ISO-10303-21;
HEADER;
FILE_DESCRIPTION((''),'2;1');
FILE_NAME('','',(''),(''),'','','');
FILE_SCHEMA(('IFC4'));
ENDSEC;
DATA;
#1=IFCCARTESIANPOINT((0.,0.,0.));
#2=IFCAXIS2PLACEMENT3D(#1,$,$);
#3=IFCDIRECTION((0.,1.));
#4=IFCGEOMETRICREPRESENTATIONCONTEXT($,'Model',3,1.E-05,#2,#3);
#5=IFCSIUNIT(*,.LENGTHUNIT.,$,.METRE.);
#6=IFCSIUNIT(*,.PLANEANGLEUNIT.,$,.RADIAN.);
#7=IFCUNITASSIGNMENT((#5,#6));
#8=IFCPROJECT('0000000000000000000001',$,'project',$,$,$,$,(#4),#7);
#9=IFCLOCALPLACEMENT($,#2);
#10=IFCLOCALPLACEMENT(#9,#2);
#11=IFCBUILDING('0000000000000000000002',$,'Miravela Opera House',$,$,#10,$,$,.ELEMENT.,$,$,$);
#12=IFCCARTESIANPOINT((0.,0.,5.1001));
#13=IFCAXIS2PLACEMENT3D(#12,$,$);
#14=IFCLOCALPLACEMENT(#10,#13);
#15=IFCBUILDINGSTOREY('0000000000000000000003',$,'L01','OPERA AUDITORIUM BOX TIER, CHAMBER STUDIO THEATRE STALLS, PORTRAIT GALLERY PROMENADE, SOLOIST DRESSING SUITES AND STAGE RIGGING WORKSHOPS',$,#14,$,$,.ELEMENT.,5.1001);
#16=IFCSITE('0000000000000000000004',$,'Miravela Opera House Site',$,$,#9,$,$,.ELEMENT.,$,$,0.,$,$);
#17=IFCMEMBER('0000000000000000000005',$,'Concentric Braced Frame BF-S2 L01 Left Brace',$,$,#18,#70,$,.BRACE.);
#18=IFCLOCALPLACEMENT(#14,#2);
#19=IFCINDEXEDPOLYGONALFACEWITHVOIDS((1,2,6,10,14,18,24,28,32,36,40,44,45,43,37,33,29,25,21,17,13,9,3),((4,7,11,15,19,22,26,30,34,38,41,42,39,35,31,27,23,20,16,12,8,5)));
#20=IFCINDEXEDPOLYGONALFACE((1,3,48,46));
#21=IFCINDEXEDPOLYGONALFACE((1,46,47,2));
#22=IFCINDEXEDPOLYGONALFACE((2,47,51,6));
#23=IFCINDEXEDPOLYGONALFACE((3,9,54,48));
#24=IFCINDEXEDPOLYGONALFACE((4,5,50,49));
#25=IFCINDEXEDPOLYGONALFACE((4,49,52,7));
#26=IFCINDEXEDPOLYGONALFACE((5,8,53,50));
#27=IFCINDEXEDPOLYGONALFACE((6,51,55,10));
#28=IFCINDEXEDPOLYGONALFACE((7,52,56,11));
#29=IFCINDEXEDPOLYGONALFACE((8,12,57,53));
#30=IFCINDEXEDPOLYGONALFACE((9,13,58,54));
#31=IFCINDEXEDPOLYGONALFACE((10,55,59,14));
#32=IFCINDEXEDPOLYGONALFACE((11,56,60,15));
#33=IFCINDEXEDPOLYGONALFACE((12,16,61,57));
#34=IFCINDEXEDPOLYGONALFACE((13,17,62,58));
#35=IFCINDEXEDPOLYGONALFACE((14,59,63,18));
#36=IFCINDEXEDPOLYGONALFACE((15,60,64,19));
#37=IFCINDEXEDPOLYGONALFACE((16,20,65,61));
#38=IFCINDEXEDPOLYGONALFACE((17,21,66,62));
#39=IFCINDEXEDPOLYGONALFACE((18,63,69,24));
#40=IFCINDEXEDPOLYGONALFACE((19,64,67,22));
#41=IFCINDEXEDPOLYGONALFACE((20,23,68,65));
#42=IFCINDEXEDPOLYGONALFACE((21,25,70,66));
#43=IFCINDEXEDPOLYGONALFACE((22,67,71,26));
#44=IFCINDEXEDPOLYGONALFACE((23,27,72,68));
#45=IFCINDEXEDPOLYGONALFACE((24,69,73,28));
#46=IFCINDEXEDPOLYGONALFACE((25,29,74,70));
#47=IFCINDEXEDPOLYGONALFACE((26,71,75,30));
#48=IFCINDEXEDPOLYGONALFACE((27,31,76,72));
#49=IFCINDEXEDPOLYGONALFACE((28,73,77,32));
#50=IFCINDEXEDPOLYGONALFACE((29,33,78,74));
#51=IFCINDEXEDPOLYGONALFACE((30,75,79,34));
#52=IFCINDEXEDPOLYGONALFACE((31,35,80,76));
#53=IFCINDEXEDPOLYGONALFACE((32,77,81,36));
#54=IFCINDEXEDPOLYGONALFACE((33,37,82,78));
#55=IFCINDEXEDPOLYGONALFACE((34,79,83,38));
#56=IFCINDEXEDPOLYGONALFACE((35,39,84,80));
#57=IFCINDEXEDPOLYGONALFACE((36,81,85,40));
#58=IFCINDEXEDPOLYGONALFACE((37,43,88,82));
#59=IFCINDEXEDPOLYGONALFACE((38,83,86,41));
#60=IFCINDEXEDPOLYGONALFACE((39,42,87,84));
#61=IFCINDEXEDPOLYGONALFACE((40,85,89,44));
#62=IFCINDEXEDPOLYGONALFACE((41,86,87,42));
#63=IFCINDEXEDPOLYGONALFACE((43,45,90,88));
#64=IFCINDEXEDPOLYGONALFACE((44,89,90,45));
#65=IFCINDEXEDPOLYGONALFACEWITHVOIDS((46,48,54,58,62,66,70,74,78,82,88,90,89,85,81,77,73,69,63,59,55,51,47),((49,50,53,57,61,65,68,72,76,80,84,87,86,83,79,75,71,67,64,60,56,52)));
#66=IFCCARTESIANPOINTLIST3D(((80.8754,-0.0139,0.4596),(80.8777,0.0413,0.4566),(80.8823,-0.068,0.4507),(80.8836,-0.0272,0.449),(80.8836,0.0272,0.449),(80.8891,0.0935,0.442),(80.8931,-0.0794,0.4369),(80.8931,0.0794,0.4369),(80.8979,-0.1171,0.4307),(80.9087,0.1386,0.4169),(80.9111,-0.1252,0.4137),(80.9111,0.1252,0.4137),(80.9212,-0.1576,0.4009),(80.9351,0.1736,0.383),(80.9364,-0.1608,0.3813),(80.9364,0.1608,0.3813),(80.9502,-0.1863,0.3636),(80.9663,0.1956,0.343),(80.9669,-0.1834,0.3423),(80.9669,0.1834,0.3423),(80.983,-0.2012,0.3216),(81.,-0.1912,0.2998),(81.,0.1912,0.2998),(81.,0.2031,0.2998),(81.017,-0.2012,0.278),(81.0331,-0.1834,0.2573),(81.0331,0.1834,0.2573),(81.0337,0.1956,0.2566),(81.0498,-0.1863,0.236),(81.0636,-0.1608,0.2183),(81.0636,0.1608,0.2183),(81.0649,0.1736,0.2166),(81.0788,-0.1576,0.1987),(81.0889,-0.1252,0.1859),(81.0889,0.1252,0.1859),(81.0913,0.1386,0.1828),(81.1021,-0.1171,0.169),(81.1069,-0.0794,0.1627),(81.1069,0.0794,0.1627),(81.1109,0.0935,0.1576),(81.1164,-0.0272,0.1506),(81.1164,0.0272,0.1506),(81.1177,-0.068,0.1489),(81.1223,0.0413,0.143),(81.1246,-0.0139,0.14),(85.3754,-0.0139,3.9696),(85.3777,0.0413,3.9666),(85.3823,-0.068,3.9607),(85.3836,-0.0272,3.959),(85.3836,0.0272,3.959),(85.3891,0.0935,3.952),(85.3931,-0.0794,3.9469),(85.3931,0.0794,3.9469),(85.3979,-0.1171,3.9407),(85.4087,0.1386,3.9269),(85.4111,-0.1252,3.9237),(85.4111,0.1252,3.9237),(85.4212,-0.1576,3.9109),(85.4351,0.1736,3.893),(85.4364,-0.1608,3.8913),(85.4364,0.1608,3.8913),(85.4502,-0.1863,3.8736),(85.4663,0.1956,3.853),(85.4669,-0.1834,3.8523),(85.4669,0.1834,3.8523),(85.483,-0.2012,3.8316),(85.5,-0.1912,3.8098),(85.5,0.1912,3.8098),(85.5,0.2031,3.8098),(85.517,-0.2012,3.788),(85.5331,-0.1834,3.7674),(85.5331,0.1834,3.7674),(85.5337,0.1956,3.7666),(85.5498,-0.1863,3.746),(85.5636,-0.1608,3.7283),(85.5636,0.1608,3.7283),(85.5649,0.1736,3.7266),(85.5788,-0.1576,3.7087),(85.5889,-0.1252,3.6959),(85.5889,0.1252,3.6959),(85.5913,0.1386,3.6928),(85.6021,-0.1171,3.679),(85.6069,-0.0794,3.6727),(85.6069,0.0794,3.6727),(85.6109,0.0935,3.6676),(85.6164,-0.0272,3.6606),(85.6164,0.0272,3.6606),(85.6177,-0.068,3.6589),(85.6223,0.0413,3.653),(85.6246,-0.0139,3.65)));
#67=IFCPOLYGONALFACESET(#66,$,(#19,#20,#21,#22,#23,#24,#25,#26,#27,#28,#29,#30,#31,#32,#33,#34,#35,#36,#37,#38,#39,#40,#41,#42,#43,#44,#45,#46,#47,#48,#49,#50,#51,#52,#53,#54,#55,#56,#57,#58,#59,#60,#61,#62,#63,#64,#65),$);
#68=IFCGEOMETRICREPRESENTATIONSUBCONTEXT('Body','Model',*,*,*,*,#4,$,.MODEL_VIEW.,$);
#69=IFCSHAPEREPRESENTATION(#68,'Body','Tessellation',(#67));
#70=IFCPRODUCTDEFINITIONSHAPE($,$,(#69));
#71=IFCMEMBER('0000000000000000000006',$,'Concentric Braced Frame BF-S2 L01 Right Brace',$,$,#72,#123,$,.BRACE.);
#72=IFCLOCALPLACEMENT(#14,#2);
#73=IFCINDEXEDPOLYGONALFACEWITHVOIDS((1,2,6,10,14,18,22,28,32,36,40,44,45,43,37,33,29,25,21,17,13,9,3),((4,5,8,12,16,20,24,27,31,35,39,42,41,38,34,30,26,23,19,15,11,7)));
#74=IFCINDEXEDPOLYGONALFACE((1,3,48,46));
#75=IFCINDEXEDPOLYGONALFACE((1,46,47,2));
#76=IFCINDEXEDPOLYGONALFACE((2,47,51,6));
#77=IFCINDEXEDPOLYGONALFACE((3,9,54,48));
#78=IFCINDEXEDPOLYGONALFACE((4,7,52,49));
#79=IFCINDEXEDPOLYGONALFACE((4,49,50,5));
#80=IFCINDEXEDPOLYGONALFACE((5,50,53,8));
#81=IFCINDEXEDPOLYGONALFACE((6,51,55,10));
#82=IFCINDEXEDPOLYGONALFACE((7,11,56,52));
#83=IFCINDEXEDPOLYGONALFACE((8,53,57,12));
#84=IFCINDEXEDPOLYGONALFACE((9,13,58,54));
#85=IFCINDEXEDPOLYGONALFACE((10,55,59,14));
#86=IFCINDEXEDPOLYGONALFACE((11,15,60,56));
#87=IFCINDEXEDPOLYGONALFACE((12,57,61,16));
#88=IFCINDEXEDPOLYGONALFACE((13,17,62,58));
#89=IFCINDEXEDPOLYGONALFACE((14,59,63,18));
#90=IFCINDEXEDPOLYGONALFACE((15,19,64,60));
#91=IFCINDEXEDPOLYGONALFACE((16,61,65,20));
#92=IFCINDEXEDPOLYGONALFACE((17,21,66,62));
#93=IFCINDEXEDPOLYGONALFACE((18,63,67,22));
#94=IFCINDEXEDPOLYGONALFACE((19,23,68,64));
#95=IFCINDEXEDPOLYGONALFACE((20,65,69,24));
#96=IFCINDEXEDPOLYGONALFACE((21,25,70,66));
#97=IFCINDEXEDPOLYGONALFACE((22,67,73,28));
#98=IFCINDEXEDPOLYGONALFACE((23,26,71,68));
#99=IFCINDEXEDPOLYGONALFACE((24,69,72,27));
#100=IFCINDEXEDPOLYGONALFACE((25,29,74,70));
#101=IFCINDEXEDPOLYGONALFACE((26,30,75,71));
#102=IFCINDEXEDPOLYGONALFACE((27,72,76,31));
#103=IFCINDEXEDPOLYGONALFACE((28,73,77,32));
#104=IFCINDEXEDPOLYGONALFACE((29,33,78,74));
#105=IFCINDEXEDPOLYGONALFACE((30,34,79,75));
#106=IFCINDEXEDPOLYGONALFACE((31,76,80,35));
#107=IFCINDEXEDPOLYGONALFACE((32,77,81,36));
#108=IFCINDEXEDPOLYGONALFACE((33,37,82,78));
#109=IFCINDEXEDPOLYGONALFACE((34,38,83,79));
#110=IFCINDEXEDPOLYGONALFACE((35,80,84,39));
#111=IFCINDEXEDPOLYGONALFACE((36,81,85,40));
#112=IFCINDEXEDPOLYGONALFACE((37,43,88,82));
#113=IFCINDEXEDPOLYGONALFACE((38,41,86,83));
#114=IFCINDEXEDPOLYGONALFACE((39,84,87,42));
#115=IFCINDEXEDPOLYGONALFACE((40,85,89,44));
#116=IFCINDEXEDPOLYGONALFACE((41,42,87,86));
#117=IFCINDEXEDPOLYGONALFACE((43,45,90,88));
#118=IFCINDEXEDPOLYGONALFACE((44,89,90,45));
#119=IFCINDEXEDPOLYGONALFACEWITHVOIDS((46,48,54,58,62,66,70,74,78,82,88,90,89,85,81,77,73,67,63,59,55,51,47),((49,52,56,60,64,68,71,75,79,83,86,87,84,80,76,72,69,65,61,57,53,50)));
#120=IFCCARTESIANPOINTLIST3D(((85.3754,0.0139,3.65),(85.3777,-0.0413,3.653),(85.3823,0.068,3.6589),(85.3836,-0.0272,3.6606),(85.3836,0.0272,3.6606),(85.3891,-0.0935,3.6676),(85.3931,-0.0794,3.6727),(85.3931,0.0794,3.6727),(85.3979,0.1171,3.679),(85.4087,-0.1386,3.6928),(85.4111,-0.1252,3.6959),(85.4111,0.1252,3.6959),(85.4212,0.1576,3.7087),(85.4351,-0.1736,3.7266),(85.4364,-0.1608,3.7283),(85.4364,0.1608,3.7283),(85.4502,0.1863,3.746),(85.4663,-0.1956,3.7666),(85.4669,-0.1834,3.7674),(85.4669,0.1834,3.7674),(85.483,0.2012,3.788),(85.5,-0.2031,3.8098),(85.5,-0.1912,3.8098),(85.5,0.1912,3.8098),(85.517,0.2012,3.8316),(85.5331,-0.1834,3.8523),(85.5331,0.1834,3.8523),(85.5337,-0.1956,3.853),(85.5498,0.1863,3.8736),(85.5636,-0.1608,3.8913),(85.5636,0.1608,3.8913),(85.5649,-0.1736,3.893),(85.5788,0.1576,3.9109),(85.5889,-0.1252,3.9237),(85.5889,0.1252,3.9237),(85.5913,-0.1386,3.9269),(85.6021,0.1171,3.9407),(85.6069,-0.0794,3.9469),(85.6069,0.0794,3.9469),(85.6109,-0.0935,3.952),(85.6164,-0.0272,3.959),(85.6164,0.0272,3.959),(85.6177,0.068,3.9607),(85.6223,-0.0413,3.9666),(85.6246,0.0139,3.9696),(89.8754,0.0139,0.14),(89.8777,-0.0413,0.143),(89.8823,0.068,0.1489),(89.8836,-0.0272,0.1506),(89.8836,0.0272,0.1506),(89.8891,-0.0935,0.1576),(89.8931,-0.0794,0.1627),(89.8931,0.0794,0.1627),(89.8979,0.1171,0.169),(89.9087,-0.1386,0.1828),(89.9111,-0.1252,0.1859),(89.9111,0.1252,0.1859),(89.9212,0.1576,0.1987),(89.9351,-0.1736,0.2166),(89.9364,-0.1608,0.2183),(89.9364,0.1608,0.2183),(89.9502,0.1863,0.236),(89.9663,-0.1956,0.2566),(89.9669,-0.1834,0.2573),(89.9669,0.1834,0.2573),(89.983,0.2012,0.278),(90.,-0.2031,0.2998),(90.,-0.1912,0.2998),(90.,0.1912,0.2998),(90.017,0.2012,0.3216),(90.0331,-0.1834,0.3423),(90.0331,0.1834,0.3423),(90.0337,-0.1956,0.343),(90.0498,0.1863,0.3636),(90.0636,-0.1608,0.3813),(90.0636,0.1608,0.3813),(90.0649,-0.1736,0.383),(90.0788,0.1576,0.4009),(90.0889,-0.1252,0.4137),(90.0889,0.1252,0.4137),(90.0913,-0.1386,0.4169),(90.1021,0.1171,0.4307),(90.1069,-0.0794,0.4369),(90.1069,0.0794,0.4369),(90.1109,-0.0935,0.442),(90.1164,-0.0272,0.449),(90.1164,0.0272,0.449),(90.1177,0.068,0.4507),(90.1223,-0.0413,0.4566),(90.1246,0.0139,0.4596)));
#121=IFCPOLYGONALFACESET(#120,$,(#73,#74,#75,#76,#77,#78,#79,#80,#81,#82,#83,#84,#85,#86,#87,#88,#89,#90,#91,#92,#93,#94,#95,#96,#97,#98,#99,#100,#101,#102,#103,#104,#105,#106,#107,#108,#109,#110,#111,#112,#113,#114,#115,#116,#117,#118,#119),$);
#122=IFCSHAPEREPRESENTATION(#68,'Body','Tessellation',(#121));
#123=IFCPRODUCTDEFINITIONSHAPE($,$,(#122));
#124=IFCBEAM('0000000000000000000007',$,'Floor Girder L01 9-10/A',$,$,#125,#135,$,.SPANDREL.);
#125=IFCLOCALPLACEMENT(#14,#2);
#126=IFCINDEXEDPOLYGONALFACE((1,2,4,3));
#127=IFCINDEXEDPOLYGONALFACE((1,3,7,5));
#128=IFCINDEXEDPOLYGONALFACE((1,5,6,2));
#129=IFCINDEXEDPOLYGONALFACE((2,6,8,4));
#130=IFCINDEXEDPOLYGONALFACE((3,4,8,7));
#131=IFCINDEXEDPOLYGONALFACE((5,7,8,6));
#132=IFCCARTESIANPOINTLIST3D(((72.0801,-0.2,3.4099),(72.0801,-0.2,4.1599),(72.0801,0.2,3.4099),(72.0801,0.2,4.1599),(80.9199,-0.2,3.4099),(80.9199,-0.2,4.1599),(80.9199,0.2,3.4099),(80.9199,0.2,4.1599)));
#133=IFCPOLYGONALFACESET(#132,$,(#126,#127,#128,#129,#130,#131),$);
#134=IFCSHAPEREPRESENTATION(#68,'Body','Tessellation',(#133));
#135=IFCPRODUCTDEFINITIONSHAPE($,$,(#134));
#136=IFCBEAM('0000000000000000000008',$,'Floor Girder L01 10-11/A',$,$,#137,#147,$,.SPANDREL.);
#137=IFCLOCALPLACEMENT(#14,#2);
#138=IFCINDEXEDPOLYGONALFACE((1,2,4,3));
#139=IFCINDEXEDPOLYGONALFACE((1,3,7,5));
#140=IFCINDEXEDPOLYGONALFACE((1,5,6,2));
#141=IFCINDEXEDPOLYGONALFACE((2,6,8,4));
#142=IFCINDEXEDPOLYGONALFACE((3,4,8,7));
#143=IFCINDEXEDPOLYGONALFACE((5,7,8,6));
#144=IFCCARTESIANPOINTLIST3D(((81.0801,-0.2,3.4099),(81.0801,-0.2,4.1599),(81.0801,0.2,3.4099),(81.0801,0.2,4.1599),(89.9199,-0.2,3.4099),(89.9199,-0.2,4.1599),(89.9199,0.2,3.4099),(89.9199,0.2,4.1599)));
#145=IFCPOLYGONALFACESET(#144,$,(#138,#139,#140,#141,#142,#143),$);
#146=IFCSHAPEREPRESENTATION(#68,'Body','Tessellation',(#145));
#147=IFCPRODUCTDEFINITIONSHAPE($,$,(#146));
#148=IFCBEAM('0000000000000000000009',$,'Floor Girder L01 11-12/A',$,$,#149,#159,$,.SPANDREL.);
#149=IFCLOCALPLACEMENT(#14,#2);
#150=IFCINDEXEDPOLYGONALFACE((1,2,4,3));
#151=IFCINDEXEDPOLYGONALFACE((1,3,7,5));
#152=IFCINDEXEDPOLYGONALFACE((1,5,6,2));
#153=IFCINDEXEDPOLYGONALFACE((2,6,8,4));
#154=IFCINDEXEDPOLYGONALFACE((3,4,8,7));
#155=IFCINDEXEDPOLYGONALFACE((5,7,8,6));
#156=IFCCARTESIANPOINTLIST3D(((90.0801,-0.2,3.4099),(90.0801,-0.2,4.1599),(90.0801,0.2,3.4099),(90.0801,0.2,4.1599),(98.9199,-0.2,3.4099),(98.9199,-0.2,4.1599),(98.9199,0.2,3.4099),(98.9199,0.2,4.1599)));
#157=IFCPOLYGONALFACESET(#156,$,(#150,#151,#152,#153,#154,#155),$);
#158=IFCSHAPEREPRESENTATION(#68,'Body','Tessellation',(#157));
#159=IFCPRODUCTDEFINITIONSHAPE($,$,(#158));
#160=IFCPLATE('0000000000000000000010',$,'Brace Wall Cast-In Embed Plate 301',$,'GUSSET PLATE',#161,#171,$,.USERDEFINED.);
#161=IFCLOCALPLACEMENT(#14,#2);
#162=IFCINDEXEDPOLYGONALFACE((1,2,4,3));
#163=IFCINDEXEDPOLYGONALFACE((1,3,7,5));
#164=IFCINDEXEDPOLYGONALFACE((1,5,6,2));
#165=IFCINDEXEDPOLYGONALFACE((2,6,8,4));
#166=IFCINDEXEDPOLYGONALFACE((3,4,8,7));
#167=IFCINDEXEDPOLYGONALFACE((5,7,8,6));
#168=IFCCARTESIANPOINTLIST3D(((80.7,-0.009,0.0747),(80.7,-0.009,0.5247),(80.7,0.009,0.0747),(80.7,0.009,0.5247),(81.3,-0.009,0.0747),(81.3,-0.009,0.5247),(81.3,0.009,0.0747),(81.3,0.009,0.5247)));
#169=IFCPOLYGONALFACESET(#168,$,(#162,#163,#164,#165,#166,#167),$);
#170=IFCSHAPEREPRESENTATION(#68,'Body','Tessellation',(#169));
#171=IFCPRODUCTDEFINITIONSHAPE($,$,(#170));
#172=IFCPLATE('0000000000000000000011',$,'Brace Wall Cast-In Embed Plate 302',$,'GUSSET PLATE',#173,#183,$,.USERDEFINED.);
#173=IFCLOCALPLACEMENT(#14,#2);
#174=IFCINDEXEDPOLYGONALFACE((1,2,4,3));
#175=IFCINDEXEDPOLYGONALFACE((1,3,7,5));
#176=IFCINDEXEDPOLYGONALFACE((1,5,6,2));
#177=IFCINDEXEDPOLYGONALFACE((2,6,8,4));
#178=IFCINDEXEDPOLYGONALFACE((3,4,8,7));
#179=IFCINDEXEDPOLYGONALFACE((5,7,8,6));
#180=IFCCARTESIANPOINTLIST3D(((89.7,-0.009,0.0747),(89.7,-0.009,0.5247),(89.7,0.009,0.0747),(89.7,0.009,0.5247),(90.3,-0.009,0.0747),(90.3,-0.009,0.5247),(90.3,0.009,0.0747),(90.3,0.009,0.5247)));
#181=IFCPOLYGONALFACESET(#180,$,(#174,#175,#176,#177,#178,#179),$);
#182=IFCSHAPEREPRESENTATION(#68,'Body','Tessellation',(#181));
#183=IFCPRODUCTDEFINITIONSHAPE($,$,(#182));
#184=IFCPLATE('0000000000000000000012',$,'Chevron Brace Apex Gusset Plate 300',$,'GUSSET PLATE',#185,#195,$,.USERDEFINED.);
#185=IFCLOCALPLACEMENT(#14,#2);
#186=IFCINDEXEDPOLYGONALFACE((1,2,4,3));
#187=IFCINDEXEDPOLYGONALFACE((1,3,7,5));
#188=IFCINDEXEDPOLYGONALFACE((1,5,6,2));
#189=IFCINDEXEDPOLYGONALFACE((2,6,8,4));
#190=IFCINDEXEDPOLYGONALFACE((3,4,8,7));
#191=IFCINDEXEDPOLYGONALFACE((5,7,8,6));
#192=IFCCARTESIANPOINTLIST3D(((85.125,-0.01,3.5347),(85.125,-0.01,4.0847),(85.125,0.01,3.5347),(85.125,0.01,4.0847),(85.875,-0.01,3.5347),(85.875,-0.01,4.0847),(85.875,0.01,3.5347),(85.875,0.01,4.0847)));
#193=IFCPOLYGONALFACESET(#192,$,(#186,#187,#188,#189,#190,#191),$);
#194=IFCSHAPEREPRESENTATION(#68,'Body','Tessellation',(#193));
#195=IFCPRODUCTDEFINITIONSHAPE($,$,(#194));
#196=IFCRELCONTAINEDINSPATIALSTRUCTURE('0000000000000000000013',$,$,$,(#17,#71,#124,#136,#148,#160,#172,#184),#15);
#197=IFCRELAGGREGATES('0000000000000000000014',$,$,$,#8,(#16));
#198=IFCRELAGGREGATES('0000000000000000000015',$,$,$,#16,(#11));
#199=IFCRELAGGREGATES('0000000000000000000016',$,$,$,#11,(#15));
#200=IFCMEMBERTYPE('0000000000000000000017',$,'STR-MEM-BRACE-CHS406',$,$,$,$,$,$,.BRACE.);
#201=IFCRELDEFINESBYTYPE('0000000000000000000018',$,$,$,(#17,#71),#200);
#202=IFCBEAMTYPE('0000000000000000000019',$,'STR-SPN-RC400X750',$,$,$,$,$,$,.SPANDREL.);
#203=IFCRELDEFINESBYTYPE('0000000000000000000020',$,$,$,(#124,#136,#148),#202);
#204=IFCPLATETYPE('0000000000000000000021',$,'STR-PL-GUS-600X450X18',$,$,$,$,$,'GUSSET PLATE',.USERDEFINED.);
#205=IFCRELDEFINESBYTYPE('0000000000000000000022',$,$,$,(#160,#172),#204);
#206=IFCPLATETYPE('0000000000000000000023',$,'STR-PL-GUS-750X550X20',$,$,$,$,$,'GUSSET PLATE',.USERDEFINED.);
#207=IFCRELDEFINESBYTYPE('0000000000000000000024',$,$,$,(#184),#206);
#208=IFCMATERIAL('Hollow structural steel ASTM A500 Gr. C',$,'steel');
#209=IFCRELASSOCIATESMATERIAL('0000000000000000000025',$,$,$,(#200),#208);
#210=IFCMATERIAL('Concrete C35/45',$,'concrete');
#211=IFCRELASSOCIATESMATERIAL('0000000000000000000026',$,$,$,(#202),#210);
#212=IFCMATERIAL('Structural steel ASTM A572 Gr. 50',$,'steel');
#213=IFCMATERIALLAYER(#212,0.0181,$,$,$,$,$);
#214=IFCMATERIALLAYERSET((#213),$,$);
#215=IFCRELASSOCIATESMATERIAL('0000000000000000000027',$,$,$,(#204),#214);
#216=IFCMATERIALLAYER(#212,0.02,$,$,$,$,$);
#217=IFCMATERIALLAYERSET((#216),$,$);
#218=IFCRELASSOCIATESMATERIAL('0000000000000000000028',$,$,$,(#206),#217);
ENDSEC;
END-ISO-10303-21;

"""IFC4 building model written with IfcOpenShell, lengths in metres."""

from ifc_helpers import new_model, si_unit, direction, frame, origin, origin_2d, place, context, subcontext, project, spatial, rectangle, hollow_circle, extrude, material, layer, layer_set, material_profile, profile_set, type_object, element, save


model = new_model("IFC4")

# Units and contexts
model_context = context("Model", 3, precision=1e-05, world=origin(), true_north=direction((0.0, 1.0)))
body_context = subcontext(model_context, "Body", "Model", "MODEL_VIEW")
ifc_project = project(units=[si_unit("LENGTHUNIT", "METRE"), si_unit("PLANEANGLEUNIT", "RADIAN")], contexts=[model_context])

# Site, building, storey
site_placement = place(None, origin())
site = spatial("IfcSite", under=ifc_project, at=site_placement, Name="Miravela Opera House Site", CompositionType="ELEMENT", RefElevation=0.0)
building_placement = place(site_placement, origin())
building = spatial("IfcBuilding", under=site, at=building_placement, Name="Miravela Opera House", CompositionType="ELEMENT")
storey_placement = place(building_placement, frame((0.0, 0.0, 5.1001)))
storey = spatial("IfcBuildingStorey", under=building, at=storey_placement, Name="L01", Description="OPERA AUDITORIUM BOX TIER, CHAMBER STUDIO THEATRE STALLS, PORTRAIT GALLERY PROMENADE, SOLOIST DRESSING SUITES AND STAGE RIGGING WORKSHOPS", CompositionType="ELEMENT", Elevation=5.1001)

# Shared definitions
ifc_material_1 = material(Name="Concrete C35/45", Category="concrete")

# Members
ifc_material_2 = material(Name="Hollow structural steel ASTM A500 Gr. C", Category="steel")
ifc_material_profile_1 = material_profile(ifc_material_2, hollow_circle(Radius=0.2031, WallThickness=0.012, at=origin_2d()), Name="CHS406X12")
ifc_profile_set_1 = profile_set([ifc_material_profile_1])
member_type = type_object("IfcMemberType", Name="STR-MEM-BRACE-CHS406", PredefinedType="BRACE", material=ifc_profile_set_1)
for number, where, z_axis, x_axis, name in (
    (1, (81.0, 0.0, 0.2998), (0.788501, 0.0, 0.615033), (0.0, 1.0, 0.0), "Concentric Braced Frame BF-S2 L01 Left Brace"),
    (2, (90.0, 0.0, 0.2998), (-0.788501, 0.0, 0.615033), (0.0, -1.0, 0.0), "Concentric Braced Frame BF-S2 L01 Right Brace"),
):
    element("IfcMember", number, at=place(storey_placement, frame(where, z_axis=z_axis, x_axis=x_axis)), inside=storey, type_object=member_type, Name=name, PredefinedType="BRACE", context=body_context, shape_type="SweptSolid", body=[
        extrude(hollow_circle(Radius=0.2031, WallThickness=0.012, at=origin_2d()), origin(), (0.0, 0.0, 1.0), 5.707),
    ])

# Beams
ifc_material_profile_2 = material_profile(ifc_material_1, rectangle(XDim=0.3999, YDim=0.75, at=origin_2d()), Name="RC-SPN-400X750")
ifc_profile_set_2 = profile_set([ifc_material_profile_2])
beam_type_1 = type_object("IfcBeamType", Name="STR-SPN-RC400X750", PredefinedType="SPANDREL", material=ifc_profile_set_2)
for number, where, z_axis, x_axis, name in (
    (3, (72.0801, 0.0, 3.7849), (1.0, 0.0, 0.0), (0.0, 1.0, 0.0), "Floor Girder L01 9-10/A"),
    (4, (81.0801, 0.0, 3.7849), (1.0, 0.0, 0.0), (0.0, 1.0, 0.0), "Floor Girder L01 10-11/A"),
    (5, (90.0801, 0.0, 3.7849), (1.0, 0.0, 0.0), (0.0, 1.0, 0.0), "Floor Girder L01 11-12/A"),
):
    element("IfcBeam", number, at=place(storey_placement, frame(where, z_axis=z_axis, x_axis=x_axis)), inside=storey, type_object=beam_type_1, Name=name, PredefinedType="SPANDREL", context=body_context, shape_type="SweptSolid", body=[
        extrude(rectangle(XDim=0.3999, YDim=0.75, at=origin_2d()), origin(), (0.0, 0.0, 1.0), 8.8398),
    ])

# Plates
ifc_material_3 = material(Name="Structural steel ASTM A572 Gr. 50", Category="steel")
ifc_layer_1 = layer(ifc_material_3, 0.0181)
ifc_layer_set_1 = layer_set([ifc_layer_1])
plate_type_1 = type_object("IfcPlateType", Name="STR-PL-GUS-600X450X18", ElementType="GUSSET PLATE", PredefinedType="USERDEFINED", material=ifc_layer_set_1)
for number, where, z_axis, x_axis, name in (
    (6, (81.0, 0.0, 0.0747), (0.0, 0.0, 1.0), (1.0, 0.0, 0.0), "Brace Wall Cast-In Embed Plate 301"),
    (7, (90.0, 0.0, 0.0747), (0.0, 0.0, 1.0), (1.0, 0.0, 0.0), "Brace Wall Cast-In Embed Plate 302"),
):
    element("IfcPlate", number, at=place(storey_placement, frame(where, z_axis=z_axis, x_axis=x_axis)), inside=storey, type_object=plate_type_1, Name=name, ObjectType="GUSSET PLATE", PredefinedType="USERDEFINED", context=body_context, shape_type="SweptSolid", body=[
        extrude(rectangle(XDim=0.6001, YDim=0.0181, at=origin_2d()), origin(), (0.0, 0.0, 1.0), 0.45),
    ])
ifc_layer_2 = layer(ifc_material_3, 0.02)
ifc_layer_set_2 = layer_set([ifc_layer_2])
plate_type_2 = type_object("IfcPlateType", Name="STR-PL-GUS-750X550X20", ElementType="GUSSET PLATE", PredefinedType="USERDEFINED", material=ifc_layer_set_2)
plate_placement = place(storey_placement, frame((85.5, 0.0, 3.5347), z_axis=(0.0, 0.0, 1.0), x_axis=(1.0, 0.0, 0.0)))
element("IfcPlate", 8, at=plate_placement, inside=storey, type_object=plate_type_2, Name="Chevron Brace Apex Gusset Plate 300", ObjectType="GUSSET PLATE", PredefinedType="USERDEFINED", context=body_context, shape_type="SweptSolid", body=[
    extrude(rectangle(XDim=0.75, YDim=0.02, at=origin_2d()), origin(), (0.0, 0.0, 1.0), 0.55),
])

save(model, "model.ifc")
